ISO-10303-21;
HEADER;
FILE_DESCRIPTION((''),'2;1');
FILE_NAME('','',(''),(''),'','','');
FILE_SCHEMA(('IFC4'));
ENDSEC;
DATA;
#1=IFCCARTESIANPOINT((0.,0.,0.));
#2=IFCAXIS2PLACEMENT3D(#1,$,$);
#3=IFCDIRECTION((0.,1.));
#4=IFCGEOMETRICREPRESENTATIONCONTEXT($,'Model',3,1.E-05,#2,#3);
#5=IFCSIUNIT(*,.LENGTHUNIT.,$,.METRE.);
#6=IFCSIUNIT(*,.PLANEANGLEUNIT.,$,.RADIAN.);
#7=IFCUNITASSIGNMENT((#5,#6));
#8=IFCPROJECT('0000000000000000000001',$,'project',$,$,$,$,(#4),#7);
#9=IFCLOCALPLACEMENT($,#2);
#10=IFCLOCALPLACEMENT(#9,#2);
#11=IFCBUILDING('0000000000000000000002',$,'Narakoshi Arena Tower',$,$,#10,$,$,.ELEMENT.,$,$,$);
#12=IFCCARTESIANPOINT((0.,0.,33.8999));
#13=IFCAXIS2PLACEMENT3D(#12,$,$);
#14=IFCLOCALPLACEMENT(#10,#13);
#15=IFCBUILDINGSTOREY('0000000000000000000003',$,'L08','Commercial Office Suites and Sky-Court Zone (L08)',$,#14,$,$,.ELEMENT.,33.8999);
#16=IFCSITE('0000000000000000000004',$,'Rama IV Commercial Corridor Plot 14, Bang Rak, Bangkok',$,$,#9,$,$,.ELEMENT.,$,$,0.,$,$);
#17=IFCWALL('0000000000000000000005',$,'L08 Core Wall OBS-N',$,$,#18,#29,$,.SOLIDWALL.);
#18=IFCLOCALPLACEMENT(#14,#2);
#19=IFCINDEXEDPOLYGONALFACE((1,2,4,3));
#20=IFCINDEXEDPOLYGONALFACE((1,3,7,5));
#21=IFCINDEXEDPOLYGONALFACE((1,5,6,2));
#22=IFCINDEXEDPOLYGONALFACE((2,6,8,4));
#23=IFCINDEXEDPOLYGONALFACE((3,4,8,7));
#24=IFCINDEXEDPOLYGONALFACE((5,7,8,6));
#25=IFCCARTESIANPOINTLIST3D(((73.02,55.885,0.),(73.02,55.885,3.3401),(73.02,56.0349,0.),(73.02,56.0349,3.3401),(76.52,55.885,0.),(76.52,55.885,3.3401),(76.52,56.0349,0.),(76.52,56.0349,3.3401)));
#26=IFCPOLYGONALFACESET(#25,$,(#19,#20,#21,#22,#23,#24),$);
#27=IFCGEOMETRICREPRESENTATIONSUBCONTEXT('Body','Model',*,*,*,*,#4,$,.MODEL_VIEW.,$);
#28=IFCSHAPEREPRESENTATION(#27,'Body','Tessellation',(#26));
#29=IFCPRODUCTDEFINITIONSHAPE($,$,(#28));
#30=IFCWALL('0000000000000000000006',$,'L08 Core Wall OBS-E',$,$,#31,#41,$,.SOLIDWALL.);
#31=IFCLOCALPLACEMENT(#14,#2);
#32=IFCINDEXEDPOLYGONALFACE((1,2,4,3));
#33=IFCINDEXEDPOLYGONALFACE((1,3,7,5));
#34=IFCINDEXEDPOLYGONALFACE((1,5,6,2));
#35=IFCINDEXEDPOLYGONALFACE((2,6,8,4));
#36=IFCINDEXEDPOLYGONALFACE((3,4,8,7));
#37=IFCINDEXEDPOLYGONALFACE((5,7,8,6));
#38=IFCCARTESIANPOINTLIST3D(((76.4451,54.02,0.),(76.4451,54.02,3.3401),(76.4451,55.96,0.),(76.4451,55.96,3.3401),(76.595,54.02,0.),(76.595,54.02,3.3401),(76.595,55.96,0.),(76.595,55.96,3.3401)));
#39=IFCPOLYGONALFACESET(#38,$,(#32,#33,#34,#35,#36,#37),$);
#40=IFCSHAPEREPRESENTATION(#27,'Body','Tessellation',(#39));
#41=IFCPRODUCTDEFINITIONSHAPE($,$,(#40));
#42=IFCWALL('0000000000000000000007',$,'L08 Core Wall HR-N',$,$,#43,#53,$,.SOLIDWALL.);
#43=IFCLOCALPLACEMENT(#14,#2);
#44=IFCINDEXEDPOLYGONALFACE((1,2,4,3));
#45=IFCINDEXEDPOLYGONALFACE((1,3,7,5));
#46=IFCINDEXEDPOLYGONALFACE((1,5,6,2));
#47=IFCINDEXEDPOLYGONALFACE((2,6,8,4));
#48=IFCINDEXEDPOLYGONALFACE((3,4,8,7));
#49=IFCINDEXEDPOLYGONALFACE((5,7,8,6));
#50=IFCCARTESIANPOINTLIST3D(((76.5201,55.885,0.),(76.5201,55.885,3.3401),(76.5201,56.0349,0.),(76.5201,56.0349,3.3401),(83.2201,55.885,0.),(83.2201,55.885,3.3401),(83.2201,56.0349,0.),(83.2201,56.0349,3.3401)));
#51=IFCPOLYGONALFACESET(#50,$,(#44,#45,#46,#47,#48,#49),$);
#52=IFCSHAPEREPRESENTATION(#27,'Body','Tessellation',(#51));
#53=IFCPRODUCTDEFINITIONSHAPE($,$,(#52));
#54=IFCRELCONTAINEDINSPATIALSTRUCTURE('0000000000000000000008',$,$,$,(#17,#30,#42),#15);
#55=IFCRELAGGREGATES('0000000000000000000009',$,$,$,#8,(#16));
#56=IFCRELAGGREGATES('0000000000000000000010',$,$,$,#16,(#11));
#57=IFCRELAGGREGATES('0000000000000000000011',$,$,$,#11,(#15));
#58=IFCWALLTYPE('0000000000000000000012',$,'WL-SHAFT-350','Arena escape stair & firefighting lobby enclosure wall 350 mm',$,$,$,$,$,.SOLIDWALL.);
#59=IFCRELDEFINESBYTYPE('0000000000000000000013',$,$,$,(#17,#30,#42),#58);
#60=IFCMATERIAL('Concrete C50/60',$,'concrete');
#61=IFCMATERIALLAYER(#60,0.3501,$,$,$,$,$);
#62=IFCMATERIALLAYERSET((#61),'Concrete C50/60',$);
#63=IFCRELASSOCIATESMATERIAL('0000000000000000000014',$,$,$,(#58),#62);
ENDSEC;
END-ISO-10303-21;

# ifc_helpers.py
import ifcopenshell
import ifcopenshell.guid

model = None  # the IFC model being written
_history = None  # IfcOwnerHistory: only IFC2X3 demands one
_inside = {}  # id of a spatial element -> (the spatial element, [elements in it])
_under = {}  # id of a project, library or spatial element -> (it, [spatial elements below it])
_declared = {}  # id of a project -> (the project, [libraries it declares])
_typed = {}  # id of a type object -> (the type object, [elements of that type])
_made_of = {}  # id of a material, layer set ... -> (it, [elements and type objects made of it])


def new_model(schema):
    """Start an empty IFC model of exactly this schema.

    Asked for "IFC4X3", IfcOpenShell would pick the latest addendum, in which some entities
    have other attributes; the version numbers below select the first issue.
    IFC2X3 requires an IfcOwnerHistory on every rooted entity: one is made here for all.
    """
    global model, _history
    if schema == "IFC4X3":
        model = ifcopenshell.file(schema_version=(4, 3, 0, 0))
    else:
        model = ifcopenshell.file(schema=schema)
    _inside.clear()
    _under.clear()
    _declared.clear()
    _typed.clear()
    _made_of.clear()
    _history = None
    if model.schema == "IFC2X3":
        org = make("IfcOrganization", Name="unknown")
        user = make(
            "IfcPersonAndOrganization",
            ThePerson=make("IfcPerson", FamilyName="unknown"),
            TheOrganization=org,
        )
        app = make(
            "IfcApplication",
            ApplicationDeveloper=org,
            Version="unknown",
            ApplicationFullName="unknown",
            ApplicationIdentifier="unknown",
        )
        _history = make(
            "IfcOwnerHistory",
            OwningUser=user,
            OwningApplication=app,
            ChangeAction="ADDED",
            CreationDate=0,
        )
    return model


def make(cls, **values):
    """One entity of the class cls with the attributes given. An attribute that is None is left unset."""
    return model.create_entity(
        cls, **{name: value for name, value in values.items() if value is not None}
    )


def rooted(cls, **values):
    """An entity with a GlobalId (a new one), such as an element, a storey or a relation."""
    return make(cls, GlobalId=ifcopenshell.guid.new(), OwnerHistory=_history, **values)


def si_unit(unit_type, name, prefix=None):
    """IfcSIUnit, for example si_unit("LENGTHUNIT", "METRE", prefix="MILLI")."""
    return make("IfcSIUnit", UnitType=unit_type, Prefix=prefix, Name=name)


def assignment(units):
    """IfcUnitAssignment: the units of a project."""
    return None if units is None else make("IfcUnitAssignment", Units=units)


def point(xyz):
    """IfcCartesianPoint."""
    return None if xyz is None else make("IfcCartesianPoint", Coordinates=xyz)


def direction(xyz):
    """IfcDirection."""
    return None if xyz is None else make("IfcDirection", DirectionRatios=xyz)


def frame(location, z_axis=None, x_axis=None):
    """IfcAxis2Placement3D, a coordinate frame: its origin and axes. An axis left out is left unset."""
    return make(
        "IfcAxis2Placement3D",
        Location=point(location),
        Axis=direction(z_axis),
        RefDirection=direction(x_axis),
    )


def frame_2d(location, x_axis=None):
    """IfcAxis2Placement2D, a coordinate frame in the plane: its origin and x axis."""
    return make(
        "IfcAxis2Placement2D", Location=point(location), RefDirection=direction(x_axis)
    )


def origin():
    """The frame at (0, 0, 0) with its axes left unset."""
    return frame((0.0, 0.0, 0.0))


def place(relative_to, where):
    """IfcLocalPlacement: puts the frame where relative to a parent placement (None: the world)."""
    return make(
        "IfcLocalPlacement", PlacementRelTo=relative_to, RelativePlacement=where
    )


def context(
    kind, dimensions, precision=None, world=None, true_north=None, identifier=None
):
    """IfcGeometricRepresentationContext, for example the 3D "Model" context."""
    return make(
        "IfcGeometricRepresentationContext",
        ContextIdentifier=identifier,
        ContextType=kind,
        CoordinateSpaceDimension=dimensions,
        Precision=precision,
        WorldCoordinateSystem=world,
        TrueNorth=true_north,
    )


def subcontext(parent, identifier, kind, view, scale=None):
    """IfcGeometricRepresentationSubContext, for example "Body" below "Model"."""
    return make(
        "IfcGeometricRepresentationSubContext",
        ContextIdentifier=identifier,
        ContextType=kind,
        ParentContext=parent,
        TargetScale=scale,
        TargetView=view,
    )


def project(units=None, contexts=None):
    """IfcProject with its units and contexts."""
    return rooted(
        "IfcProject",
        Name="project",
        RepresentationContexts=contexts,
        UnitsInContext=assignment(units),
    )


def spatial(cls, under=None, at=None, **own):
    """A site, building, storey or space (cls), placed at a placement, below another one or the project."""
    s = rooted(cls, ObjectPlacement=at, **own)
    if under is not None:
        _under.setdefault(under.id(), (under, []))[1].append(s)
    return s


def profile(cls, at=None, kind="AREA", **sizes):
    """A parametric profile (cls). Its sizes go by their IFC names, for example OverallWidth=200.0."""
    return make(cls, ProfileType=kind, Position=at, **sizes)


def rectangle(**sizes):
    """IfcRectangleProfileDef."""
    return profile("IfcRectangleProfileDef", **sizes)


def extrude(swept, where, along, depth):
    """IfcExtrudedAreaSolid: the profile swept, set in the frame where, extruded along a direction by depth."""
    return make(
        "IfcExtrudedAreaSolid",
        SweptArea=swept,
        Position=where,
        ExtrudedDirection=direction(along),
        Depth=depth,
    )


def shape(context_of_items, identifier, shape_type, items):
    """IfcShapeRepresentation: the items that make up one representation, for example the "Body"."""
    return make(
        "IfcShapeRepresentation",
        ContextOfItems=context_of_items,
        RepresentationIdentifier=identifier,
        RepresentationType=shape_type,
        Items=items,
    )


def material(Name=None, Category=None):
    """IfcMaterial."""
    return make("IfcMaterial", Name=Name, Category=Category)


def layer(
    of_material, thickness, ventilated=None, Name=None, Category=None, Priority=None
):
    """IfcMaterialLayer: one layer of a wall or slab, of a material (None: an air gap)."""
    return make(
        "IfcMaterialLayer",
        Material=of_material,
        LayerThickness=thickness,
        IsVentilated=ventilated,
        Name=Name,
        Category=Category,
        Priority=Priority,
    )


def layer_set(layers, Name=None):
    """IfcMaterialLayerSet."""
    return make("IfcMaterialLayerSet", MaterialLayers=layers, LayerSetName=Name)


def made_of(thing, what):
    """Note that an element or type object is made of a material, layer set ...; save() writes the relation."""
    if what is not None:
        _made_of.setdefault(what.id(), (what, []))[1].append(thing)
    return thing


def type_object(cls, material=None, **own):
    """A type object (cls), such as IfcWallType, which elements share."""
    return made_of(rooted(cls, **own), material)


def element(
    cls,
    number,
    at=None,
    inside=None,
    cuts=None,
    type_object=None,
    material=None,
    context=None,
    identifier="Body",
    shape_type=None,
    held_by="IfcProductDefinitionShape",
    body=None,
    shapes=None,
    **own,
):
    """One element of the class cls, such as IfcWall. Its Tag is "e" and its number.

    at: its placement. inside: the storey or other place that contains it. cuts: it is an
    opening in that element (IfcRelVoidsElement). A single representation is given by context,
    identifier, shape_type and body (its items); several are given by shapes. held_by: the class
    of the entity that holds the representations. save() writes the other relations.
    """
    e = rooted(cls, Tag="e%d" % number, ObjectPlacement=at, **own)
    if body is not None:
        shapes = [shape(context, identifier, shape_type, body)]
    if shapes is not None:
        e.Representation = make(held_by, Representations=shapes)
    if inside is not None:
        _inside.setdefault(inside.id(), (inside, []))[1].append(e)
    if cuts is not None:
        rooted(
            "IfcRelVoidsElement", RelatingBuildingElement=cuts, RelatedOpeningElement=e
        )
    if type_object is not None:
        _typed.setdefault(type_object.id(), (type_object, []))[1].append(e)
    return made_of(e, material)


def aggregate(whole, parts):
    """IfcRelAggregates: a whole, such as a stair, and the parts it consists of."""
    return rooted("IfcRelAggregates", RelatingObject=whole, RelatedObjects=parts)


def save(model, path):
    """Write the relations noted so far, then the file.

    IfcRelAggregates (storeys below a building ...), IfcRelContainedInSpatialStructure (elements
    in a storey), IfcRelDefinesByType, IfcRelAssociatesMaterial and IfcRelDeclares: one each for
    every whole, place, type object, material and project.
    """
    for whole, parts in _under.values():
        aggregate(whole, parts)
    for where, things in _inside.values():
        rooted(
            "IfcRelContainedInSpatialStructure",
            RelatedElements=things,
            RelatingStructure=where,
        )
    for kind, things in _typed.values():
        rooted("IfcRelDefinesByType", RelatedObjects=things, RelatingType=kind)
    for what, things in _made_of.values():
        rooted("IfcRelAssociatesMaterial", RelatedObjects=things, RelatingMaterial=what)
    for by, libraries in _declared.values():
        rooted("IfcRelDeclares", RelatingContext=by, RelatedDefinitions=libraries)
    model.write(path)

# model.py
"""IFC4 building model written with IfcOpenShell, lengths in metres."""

from ifc_helpers import new_model, si_unit, direction, frame, frame_2d, origin, place, context, subcontext, project, spatial, rectangle, extrude, material, layer, layer_set, type_object, element, save


model = new_model("IFC4")

# Units and contexts
model_context = context("Model", 3, precision=1e-05, world=origin(), true_north=direction((0.0, 1.0)))
body_context = subcontext(model_context, "Body", "Model", "MODEL_VIEW")
ifc_project = project(units=[si_unit("LENGTHUNIT", "METRE"), si_unit("PLANEANGLEUNIT", "RADIAN")], contexts=[model_context])

# Site, building, storey
site_placement = place(None, origin())
site = spatial("IfcSite", under=ifc_project, at=site_placement, Name="Rama IV Commercial Corridor Plot 14, Bang Rak, Bangkok", CompositionType="ELEMENT", RefElevation=0.0)
building_placement = place(site_placement, origin())
building = spatial("IfcBuilding", under=site, at=building_placement, Name="Narakoshi Arena Tower", CompositionType="ELEMENT")
storey_placement = place(building_placement, frame((0.0, 0.0, 33.8999)))
storey = spatial("IfcBuildingStorey", under=building, at=storey_placement, Name="L08", Description="Commercial Office Suites and Sky-Court Zone (L08)", CompositionType="ELEMENT", Elevation=33.8999)

# Walls
ifc_material_1 = material(Name="Concrete C50/60", Category="concrete")
ifc_layer_1 = layer(ifc_material_1, 0.3501)
ifc_layer_set_1 = layer_set([ifc_layer_1], Name="Concrete C50/60")
wall_type_1 = type_object("IfcWallType", Name="WL-SHAFT-350", Description="Arena escape stair & firefighting lobby enclosure wall 350 mm", PredefinedType="SOLIDWALL", material=ifc_layer_set_1)
wall_1_placement = place(storey_placement, frame((73.02, 55.96, 0.0), z_axis=(0.0, 0.0, 1.0), x_axis=(1.0, 0.0, 0.0)))
element("IfcWall", 1, at=wall_1_placement, inside=storey, type_object=wall_type_1, Name="L08 Core Wall OBS-N", PredefinedType="SOLIDWALL", context=body_context, shape_type="SweptSolid", body=[
    extrude(rectangle(XDim=3.5, YDim=0.1499, at=frame_2d((1.75, 0.0))), origin(), (0.0, 0.0, 1.0), 3.3401),
])
wall_2_placement = place(storey_placement, frame((76.52, 54.02, 0.0), z_axis=(0.0, 0.0, 1.0), x_axis=(0.0, 1.0, 0.0)))
element("IfcWall", 2, at=wall_2_placement, inside=storey, type_object=wall_type_1, Name="L08 Core Wall OBS-E", PredefinedType="SOLIDWALL", context=body_context, shape_type="SweptSolid", body=[
    extrude(rectangle(XDim=1.9399, YDim=0.1499, at=frame_2d((0.97, 0.0))), origin(), (0.0, 0.0, 1.0), 3.3401),
])
wall_3_placement = place(storey_placement, frame((76.52, 55.96, 0.0), z_axis=(0.0, 0.0, 1.0), x_axis=(1.0, 0.0, 0.0)))
element("IfcWall", 3, at=wall_3_placement, inside=storey, type_object=wall_type_1, Name="L08 Core Wall HR-N", PredefinedType="SOLIDWALL", context=body_context, shape_type="SweptSolid", body=[
    extrude(rectangle(XDim=6.7, YDim=0.1499, at=frame_2d((3.3501, 0.0))), origin(), (0.0, 0.0, 1.0), 3.3401),
])

save(model, "model.ifc")
